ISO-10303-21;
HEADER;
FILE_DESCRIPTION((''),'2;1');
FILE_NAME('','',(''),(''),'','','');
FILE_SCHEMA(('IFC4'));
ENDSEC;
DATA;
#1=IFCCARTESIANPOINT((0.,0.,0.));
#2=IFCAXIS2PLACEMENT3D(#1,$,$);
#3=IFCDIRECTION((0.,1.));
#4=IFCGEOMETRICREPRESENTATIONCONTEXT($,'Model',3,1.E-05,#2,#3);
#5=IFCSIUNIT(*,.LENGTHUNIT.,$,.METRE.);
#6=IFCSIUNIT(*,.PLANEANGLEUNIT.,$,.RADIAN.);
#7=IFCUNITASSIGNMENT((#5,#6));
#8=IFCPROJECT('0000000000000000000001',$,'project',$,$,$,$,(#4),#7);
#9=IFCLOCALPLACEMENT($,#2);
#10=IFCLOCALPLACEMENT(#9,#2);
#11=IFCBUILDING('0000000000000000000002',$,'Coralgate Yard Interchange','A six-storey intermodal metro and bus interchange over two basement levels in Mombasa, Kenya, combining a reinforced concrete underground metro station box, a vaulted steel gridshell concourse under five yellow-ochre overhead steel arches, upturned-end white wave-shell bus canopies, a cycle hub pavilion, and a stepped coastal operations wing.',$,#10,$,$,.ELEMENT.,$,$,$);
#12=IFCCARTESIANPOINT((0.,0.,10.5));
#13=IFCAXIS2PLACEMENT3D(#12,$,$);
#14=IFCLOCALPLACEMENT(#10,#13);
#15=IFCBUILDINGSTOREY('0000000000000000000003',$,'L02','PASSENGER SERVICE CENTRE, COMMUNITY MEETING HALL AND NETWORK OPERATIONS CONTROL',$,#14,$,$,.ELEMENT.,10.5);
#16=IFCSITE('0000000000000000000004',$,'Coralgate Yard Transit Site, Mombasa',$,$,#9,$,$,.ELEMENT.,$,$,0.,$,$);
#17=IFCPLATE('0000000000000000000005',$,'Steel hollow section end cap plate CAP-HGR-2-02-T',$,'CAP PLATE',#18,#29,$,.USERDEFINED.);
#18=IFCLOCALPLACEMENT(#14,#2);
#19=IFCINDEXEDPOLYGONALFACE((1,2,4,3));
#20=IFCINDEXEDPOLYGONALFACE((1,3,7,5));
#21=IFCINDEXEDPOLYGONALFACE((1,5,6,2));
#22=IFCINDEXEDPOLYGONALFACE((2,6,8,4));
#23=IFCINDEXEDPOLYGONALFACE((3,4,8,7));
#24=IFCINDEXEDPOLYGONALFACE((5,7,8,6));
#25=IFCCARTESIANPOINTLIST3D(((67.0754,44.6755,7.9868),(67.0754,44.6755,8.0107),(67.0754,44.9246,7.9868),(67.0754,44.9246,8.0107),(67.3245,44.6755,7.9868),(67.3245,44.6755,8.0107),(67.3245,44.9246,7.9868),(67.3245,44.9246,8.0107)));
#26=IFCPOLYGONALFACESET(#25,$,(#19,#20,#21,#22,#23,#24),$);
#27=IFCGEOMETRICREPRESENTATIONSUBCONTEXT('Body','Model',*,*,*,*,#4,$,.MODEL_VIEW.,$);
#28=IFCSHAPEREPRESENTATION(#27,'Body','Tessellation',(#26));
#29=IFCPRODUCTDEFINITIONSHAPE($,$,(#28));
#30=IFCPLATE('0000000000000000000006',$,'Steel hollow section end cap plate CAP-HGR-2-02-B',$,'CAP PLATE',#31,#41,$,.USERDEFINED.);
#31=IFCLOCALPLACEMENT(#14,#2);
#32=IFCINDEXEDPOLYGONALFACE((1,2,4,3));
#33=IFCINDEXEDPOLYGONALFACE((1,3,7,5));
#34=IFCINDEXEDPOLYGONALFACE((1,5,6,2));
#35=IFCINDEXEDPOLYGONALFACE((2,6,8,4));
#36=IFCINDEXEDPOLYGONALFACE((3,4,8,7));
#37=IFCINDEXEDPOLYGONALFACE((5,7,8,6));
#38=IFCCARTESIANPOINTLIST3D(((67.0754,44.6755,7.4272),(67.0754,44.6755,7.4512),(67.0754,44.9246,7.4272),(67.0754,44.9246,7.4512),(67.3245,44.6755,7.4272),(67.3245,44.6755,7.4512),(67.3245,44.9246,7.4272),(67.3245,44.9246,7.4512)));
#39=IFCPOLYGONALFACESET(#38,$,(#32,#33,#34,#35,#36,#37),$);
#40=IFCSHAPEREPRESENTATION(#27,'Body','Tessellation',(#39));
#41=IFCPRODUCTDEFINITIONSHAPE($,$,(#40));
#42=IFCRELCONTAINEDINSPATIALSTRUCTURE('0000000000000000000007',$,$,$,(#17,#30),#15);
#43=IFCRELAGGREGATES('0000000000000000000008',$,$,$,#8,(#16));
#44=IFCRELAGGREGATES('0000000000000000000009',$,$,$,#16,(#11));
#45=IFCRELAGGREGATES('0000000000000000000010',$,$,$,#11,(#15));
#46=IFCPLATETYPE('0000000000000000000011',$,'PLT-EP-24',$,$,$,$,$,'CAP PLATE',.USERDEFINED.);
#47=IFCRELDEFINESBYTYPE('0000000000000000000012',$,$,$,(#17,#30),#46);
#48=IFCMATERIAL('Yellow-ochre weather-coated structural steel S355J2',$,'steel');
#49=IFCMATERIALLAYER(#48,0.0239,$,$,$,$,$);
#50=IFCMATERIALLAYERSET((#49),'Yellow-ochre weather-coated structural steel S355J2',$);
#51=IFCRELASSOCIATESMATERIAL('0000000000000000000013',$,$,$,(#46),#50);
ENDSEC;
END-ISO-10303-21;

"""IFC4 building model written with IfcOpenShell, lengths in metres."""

from ifc_helpers import new_model, si_unit, direction, frame, origin, origin_2d, place, context, subcontext, project, spatial, rectangle, extrude, material, layer, layer_set, type_object, element, save


model = new_model("IFC4")

# Units and contexts
model_context = context("Model", 3, precision=1e-05, world=origin(), true_north=direction((0.0, 1.0)))
body_context = subcontext(model_context, "Body", "Model", "MODEL_VIEW")
ifc_project = project(units=[si_unit("LENGTHUNIT", "METRE"), si_unit("PLANEANGLEUNIT", "RADIAN")], contexts=[model_context])

# Site, building, storey
site_placement = place(None, origin())
site = spatial("IfcSite", under=ifc_project, at=site_placement, Name="Coralgate Yard Transit Site, Mombasa", CompositionType="ELEMENT", RefElevation=0.0)
building_placement = place(site_placement, origin())
building = spatial("IfcBuilding", under=site, at=building_placement, Name="Coralgate Yard Interchange", Description="A six-storey intermodal metro and bus interchange over two basement levels in Mombasa, Kenya, combining a reinforced concrete underground metro station box, a vaulted steel gridshell concourse under five yellow-ochre overhead steel arches, upturned-end white wave-shell bus canopies, a cycle hub pavilion, and a stepped coastal operations wing.", CompositionType="ELEMENT")
storey_placement = place(building_placement, frame((0.0, 0.0, 10.5)))
storey = spatial("IfcBuildingStorey", under=building, at=storey_placement, Name="L02", Description="PASSENGER SERVICE CENTRE, COMMUNITY MEETING HALL AND NETWORK OPERATIONS CONTROL", CompositionType="ELEMENT", Elevation=10.5)

# Shared definitions
ifc_material_1 = material(Name="Yellow-ochre weather-coated structural steel S355J2", Category="steel")

# Plates
ifc_layer_1 = layer(ifc_material_1, 0.0239)
ifc_layer_set_1 = layer_set([ifc_layer_1], Name="Yellow-ochre weather-coated structural steel S355J2")
plate_type_1 = type_object("IfcPlateType", Name="PLT-EP-24", ElementType="CAP PLATE", PredefinedType="USERDEFINED", material=ifc_layer_set_1)
for number, where, z_axis, x_axis, name in (
    (1, (67.2, 44.8, 7.9868), (0.0, 0.0, 1.0), (1.0, 0.0, 0.0), "Steel hollow section end cap plate CAP-HGR-2-02-T"),
    (2, (67.2, 44.8, 7.4512), (0.0, 0.0, -1.0), (1.0, 0.0, 0.0), "Steel hollow section end cap plate CAP-HGR-2-02-B"),
):
    element("IfcPlate", number, at=place(storey_placement, frame(where, z_axis=z_axis, x_axis=x_axis)), inside=storey, type_object=plate_type_1, Name=name, ObjectType="CAP PLATE", PredefinedType="USERDEFINED", context=body_context, shape_type="SweptSolid", body=[
        extrude(rectangle(XDim=0.249, YDim=0.249, at=origin_2d()), origin(), (0.0, 0.0, 1.0), 0.0239),
    ])

save(model, "model.ifc")
